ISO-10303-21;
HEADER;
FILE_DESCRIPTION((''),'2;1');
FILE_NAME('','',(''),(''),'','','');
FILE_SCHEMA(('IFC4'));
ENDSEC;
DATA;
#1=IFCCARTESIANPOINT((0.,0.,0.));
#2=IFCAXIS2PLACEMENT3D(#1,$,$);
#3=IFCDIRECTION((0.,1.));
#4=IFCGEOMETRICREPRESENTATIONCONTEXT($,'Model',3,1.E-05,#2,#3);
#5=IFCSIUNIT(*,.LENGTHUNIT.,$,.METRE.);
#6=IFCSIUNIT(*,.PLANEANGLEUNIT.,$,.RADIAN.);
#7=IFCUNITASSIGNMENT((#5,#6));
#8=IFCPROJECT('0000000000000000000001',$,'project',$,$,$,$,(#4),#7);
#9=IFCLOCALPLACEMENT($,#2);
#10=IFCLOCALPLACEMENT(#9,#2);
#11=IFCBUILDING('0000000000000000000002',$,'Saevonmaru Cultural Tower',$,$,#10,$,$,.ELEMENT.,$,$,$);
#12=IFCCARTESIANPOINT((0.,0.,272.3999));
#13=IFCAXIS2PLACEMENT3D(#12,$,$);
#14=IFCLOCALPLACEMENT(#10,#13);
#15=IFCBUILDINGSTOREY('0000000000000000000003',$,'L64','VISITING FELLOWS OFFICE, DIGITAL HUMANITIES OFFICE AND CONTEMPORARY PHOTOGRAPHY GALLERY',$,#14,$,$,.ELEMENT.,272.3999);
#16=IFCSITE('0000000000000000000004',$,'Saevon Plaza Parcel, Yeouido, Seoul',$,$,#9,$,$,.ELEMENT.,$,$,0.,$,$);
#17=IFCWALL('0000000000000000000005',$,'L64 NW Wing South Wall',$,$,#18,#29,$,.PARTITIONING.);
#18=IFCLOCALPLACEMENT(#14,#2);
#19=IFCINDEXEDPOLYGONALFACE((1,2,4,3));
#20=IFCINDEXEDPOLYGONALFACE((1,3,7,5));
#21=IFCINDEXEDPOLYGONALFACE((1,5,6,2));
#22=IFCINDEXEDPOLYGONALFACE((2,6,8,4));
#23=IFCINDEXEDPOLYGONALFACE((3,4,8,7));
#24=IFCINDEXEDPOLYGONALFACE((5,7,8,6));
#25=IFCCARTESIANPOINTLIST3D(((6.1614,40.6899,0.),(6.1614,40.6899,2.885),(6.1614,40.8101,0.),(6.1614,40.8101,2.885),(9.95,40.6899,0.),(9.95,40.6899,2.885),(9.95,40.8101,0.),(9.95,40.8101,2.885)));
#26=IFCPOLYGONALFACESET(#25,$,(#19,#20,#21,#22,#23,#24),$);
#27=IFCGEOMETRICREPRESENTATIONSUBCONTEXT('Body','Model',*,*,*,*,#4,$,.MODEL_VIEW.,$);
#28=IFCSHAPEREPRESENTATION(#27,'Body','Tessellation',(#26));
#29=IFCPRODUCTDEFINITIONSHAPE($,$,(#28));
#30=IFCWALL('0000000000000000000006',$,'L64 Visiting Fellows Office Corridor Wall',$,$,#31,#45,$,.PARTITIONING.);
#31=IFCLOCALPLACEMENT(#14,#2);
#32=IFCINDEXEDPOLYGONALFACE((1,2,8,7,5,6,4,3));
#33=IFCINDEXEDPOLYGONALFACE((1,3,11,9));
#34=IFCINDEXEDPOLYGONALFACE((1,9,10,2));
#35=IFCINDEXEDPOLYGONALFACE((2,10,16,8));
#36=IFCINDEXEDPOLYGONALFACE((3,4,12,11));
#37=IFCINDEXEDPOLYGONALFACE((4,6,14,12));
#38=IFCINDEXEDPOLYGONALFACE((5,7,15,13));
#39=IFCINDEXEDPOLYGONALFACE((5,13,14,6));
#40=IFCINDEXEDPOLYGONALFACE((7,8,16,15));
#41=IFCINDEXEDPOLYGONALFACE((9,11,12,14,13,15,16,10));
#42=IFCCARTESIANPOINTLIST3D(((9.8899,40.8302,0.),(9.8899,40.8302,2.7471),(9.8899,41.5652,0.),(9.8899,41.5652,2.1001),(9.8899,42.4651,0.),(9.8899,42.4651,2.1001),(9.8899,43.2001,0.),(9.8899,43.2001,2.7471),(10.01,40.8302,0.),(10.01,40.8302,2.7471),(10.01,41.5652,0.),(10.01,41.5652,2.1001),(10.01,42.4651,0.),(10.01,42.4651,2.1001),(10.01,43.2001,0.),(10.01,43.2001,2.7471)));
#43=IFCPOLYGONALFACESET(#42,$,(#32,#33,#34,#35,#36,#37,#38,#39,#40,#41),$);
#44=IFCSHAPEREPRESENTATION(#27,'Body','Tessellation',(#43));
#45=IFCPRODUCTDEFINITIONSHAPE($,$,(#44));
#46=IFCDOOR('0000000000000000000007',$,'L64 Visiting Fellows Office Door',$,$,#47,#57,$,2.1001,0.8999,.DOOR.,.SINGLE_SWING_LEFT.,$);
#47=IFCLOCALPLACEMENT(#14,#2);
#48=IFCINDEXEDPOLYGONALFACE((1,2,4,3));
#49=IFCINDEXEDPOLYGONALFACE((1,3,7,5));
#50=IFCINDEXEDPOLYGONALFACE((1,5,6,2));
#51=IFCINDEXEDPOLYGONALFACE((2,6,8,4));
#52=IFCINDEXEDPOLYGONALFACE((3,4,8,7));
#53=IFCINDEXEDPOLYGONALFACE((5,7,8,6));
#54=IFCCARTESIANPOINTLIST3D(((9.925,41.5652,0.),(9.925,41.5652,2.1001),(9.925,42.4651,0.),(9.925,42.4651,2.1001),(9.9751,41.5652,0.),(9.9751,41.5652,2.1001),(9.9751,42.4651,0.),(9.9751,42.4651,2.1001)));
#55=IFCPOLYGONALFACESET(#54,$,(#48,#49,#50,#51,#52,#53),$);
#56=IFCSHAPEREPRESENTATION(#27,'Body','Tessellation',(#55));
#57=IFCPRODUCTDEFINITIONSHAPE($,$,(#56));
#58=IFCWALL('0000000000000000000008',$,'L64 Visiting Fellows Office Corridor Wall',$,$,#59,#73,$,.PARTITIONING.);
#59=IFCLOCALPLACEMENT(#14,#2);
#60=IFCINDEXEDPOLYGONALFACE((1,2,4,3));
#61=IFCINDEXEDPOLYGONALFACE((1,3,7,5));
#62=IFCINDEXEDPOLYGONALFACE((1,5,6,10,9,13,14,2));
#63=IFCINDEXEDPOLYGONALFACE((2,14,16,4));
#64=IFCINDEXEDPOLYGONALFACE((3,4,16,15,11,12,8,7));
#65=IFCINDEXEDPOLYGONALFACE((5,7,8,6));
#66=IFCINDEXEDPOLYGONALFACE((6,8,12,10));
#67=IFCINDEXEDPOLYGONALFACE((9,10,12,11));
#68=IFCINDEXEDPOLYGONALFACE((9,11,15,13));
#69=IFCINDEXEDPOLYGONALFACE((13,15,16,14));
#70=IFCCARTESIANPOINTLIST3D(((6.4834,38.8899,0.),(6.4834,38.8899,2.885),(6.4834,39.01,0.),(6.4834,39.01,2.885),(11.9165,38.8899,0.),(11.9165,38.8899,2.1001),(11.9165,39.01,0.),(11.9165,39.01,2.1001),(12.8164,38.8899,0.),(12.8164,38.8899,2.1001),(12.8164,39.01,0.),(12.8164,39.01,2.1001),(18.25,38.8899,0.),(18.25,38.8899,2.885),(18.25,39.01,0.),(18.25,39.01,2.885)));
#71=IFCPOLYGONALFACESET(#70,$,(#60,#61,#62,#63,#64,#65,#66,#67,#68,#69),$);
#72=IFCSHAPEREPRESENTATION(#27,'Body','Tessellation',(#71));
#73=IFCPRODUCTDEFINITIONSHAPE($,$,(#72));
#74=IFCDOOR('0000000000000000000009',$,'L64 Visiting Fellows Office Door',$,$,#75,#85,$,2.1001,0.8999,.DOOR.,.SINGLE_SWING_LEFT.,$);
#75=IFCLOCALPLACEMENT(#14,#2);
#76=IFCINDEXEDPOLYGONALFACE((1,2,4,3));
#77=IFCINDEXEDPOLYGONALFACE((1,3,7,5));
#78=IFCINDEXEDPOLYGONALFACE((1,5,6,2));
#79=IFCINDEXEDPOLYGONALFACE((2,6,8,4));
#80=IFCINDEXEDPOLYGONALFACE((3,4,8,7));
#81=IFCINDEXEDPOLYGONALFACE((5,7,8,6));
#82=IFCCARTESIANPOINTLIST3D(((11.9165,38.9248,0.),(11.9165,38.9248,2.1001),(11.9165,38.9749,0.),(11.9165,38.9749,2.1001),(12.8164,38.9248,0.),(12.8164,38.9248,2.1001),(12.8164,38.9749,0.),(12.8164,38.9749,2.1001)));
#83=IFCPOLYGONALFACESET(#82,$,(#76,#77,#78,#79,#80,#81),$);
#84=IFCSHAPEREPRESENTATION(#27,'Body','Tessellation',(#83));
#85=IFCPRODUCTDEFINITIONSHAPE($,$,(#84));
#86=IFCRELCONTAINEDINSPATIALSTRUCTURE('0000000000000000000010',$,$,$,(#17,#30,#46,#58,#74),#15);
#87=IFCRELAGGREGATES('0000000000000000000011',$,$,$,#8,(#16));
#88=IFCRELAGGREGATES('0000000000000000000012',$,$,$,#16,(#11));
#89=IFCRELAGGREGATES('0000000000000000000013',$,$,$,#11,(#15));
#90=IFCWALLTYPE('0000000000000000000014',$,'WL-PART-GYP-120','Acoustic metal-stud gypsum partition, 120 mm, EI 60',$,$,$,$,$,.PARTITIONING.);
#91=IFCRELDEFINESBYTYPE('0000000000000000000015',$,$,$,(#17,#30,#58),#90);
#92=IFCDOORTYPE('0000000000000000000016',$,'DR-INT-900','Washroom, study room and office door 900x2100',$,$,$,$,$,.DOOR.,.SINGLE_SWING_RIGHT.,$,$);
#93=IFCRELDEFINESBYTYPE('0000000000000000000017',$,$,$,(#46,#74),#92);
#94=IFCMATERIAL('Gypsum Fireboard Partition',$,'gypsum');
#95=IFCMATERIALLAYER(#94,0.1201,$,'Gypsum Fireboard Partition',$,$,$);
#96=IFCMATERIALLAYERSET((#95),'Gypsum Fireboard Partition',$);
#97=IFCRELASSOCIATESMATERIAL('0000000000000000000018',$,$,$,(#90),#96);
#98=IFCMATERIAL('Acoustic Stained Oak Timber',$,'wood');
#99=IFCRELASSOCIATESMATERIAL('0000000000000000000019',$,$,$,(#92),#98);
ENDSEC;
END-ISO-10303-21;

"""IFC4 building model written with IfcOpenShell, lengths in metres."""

from ifc_helpers import new_model, si_unit, direction, frame, frame_2d, origin, place, context, subcontext, project, spatial, rectangle, extrude, material, layer, layer_set, type_object, element, fill, save


model = new_model("IFC4")

# Units and contexts
model_context = context("Model", 3, precision=1e-05, world=origin(), true_north=direction((0.0, 1.0)))
body_context = subcontext(model_context, "Body", "Model", "MODEL_VIEW")
ifc_project = project(units=[si_unit("LENGTHUNIT", "METRE"), si_unit("PLANEANGLEUNIT", "RADIAN")], contexts=[model_context])

# Site, building, storey
site_placement = place(None, origin())
site = spatial("IfcSite", under=ifc_project, at=site_placement, Name="Saevon Plaza Parcel, Yeouido, Seoul", CompositionType="ELEMENT", RefElevation=0.0)
building_placement = place(site_placement, origin())
building = spatial("IfcBuilding", under=site, at=building_placement, Name="Saevonmaru Cultural Tower", CompositionType="ELEMENT")
storey_placement = place(building_placement, frame((0.0, 0.0, 272.3999)))
storey = spatial("IfcBuildingStorey", under=building, at=storey_placement, Name="L64", Description="VISITING FELLOWS OFFICE, DIGITAL HUMANITIES OFFICE AND CONTEMPORARY PHOTOGRAPHY GALLERY", CompositionType="ELEMENT", Elevation=272.3999)

# Wall
ifc_material_1 = material(Name="Gypsum Fireboard Partition", Category="gypsum")
ifc_layer_1 = layer(ifc_material_1, 0.1201, Name="Gypsum Fireboard Partition")
ifc_layer_set_1 = layer_set([ifc_layer_1], Name="Gypsum Fireboard Partition")
wall_type = type_object("IfcWallType", Name="WL-PART-GYP-120", Description="Acoustic metal-stud gypsum partition, 120 mm, EI 60", PredefinedType="PARTITIONING", material=ifc_layer_set_1)
wall_1_placement = place(storey_placement, frame((6.1614, 40.75, 0.0), z_axis=(0.0, 0.0, 1.0), x_axis=(1.0, 0.0, 0.0)))
element("IfcWall", 1, at=wall_1_placement, inside=storey, type_object=wall_type, Name="L64 NW Wing South Wall", PredefinedType="PARTITIONING", context=body_context, shape_type="SweptSolid", body=[
    extrude(rectangle(XDim=3.7886, YDim=0.1201, at=frame_2d((1.8943, 0.0))), origin(), (0.0, 0.0, 1.0), 2.885),
])

# Walls, openings, doors
wall_2_placement = place(storey_placement, frame((9.95, 40.8301, 0.0), z_axis=(0.0, 0.0, 1.0), x_axis=(0.0, 1.0, 0.0)))
wall_2 = element("IfcWall", 2, at=wall_2_placement, inside=storey, type_object=wall_type, Name="L64 Visiting Fellows Office Corridor Wall", PredefinedType="PARTITIONING", context=body_context, shape_type="SweptSolid", body=[
    extrude(rectangle(XDim=2.3699, YDim=0.1201, at=frame_2d((1.1851, 0.0))), origin(), (0.0, 0.0, 1.0), 2.7471),
])
opening_1_placement = place(wall_2_placement, frame((0.7351, 0.0, 0.0)))
opening_1 = element("IfcOpeningElement", 3, at=opening_1_placement, cuts=wall_2, PredefinedType="OPENING", context=body_context, shape_type="SweptSolid", body=[
    extrude(rectangle(XDim=0.8999, YDim=2.1001, at=frame_2d((0.45, 1.05))), frame((0.0, 0.0701, 0.0), z_axis=(0.0, -1.0, 0.0), x_axis=(1.0, 0.0, 0.0)), (0.0, 0.0, 1.0), 0.1401),
])
ifc_material_2 = material(Name="Acoustic Stained Oak Timber", Category="wood")
door_type = type_object("IfcDoorType", Name="DR-INT-900", Description="Washroom, study room and office door 900x2100", OperationType="SINGLE_SWING_RIGHT", PredefinedType="DOOR", material=ifc_material_2)
door_1_placement = place(opening_1_placement, origin())
door_1 = element("IfcDoor", 4, at=door_1_placement, inside=storey, type_object=door_type, Name="L64 Visiting Fellows Office Door", OperationType="SINGLE_SWING_LEFT", OverallHeight=2.1001, OverallWidth=0.8999, PredefinedType="DOOR", context=body_context, shape_type="SweptSolid", body=[
    extrude(rectangle(XDim=0.8999, YDim=2.1001, at=frame_2d((0.45, 1.05))), frame((0.0, 0.0249, 0.0), z_axis=(0.0, -1.0, 0.0), x_axis=(1.0, 0.0, 0.0)), (0.0, 0.0, 1.0), 0.05),
])
fill(opening_1, door_1)
wall_3_placement = place(storey_placement, frame((6.4834, 38.95, 0.0), z_axis=(0.0, 0.0, 1.0), x_axis=(1.0, 0.0, 0.0)))
wall_3 = element("IfcWall", 5, at=wall_3_placement, inside=storey, type_object=wall_type, Name="L64 Visiting Fellows Office Corridor Wall", PredefinedType="PARTITIONING", context=body_context, shape_type="SweptSolid", body=[
    extrude(rectangle(XDim=11.7666, YDim=0.1201, at=frame_2d((5.8833, 0.0))), origin(), (0.0, 0.0, 1.0), 2.885),
])
opening_2_placement = place(wall_3_placement, frame((5.4331, 0.0, 0.0)))
opening_2 = element("IfcOpeningElement", 6, at=opening_2_placement, cuts=wall_3, PredefinedType="OPENING", context=body_context, shape_type="SweptSolid", body=[
    extrude(rectangle(XDim=0.8999, YDim=2.1001, at=frame_2d((0.45, 1.05))), frame((0.0, 0.0701, 0.0), z_axis=(0.0, -1.0, 0.0), x_axis=(1.0, 0.0, 0.0)), (0.0, 0.0, 1.0), 0.1401),
])
door_2_placement = place(opening_2_placement, origin())
door_2 = element("IfcDoor", 7, at=door_2_placement, inside=storey, type_object=door_type, Name="L64 Visiting Fellows Office Door", OperationType="SINGLE_SWING_LEFT", OverallHeight=2.1001, OverallWidth=0.8999, PredefinedType="DOOR", context=body_context, shape_type="SweptSolid", body=[
    extrude(rectangle(XDim=0.8999, YDim=2.1001, at=frame_2d((0.45, 1.05))), frame((0.0, 0.0249, 0.0), z_axis=(0.0, -1.0, 0.0), x_axis=(1.0, 0.0, 0.0)), (0.0, 0.0, 1.0), 0.05),
])
fill(opening_2, door_2)

save(model, "model.ifc")
